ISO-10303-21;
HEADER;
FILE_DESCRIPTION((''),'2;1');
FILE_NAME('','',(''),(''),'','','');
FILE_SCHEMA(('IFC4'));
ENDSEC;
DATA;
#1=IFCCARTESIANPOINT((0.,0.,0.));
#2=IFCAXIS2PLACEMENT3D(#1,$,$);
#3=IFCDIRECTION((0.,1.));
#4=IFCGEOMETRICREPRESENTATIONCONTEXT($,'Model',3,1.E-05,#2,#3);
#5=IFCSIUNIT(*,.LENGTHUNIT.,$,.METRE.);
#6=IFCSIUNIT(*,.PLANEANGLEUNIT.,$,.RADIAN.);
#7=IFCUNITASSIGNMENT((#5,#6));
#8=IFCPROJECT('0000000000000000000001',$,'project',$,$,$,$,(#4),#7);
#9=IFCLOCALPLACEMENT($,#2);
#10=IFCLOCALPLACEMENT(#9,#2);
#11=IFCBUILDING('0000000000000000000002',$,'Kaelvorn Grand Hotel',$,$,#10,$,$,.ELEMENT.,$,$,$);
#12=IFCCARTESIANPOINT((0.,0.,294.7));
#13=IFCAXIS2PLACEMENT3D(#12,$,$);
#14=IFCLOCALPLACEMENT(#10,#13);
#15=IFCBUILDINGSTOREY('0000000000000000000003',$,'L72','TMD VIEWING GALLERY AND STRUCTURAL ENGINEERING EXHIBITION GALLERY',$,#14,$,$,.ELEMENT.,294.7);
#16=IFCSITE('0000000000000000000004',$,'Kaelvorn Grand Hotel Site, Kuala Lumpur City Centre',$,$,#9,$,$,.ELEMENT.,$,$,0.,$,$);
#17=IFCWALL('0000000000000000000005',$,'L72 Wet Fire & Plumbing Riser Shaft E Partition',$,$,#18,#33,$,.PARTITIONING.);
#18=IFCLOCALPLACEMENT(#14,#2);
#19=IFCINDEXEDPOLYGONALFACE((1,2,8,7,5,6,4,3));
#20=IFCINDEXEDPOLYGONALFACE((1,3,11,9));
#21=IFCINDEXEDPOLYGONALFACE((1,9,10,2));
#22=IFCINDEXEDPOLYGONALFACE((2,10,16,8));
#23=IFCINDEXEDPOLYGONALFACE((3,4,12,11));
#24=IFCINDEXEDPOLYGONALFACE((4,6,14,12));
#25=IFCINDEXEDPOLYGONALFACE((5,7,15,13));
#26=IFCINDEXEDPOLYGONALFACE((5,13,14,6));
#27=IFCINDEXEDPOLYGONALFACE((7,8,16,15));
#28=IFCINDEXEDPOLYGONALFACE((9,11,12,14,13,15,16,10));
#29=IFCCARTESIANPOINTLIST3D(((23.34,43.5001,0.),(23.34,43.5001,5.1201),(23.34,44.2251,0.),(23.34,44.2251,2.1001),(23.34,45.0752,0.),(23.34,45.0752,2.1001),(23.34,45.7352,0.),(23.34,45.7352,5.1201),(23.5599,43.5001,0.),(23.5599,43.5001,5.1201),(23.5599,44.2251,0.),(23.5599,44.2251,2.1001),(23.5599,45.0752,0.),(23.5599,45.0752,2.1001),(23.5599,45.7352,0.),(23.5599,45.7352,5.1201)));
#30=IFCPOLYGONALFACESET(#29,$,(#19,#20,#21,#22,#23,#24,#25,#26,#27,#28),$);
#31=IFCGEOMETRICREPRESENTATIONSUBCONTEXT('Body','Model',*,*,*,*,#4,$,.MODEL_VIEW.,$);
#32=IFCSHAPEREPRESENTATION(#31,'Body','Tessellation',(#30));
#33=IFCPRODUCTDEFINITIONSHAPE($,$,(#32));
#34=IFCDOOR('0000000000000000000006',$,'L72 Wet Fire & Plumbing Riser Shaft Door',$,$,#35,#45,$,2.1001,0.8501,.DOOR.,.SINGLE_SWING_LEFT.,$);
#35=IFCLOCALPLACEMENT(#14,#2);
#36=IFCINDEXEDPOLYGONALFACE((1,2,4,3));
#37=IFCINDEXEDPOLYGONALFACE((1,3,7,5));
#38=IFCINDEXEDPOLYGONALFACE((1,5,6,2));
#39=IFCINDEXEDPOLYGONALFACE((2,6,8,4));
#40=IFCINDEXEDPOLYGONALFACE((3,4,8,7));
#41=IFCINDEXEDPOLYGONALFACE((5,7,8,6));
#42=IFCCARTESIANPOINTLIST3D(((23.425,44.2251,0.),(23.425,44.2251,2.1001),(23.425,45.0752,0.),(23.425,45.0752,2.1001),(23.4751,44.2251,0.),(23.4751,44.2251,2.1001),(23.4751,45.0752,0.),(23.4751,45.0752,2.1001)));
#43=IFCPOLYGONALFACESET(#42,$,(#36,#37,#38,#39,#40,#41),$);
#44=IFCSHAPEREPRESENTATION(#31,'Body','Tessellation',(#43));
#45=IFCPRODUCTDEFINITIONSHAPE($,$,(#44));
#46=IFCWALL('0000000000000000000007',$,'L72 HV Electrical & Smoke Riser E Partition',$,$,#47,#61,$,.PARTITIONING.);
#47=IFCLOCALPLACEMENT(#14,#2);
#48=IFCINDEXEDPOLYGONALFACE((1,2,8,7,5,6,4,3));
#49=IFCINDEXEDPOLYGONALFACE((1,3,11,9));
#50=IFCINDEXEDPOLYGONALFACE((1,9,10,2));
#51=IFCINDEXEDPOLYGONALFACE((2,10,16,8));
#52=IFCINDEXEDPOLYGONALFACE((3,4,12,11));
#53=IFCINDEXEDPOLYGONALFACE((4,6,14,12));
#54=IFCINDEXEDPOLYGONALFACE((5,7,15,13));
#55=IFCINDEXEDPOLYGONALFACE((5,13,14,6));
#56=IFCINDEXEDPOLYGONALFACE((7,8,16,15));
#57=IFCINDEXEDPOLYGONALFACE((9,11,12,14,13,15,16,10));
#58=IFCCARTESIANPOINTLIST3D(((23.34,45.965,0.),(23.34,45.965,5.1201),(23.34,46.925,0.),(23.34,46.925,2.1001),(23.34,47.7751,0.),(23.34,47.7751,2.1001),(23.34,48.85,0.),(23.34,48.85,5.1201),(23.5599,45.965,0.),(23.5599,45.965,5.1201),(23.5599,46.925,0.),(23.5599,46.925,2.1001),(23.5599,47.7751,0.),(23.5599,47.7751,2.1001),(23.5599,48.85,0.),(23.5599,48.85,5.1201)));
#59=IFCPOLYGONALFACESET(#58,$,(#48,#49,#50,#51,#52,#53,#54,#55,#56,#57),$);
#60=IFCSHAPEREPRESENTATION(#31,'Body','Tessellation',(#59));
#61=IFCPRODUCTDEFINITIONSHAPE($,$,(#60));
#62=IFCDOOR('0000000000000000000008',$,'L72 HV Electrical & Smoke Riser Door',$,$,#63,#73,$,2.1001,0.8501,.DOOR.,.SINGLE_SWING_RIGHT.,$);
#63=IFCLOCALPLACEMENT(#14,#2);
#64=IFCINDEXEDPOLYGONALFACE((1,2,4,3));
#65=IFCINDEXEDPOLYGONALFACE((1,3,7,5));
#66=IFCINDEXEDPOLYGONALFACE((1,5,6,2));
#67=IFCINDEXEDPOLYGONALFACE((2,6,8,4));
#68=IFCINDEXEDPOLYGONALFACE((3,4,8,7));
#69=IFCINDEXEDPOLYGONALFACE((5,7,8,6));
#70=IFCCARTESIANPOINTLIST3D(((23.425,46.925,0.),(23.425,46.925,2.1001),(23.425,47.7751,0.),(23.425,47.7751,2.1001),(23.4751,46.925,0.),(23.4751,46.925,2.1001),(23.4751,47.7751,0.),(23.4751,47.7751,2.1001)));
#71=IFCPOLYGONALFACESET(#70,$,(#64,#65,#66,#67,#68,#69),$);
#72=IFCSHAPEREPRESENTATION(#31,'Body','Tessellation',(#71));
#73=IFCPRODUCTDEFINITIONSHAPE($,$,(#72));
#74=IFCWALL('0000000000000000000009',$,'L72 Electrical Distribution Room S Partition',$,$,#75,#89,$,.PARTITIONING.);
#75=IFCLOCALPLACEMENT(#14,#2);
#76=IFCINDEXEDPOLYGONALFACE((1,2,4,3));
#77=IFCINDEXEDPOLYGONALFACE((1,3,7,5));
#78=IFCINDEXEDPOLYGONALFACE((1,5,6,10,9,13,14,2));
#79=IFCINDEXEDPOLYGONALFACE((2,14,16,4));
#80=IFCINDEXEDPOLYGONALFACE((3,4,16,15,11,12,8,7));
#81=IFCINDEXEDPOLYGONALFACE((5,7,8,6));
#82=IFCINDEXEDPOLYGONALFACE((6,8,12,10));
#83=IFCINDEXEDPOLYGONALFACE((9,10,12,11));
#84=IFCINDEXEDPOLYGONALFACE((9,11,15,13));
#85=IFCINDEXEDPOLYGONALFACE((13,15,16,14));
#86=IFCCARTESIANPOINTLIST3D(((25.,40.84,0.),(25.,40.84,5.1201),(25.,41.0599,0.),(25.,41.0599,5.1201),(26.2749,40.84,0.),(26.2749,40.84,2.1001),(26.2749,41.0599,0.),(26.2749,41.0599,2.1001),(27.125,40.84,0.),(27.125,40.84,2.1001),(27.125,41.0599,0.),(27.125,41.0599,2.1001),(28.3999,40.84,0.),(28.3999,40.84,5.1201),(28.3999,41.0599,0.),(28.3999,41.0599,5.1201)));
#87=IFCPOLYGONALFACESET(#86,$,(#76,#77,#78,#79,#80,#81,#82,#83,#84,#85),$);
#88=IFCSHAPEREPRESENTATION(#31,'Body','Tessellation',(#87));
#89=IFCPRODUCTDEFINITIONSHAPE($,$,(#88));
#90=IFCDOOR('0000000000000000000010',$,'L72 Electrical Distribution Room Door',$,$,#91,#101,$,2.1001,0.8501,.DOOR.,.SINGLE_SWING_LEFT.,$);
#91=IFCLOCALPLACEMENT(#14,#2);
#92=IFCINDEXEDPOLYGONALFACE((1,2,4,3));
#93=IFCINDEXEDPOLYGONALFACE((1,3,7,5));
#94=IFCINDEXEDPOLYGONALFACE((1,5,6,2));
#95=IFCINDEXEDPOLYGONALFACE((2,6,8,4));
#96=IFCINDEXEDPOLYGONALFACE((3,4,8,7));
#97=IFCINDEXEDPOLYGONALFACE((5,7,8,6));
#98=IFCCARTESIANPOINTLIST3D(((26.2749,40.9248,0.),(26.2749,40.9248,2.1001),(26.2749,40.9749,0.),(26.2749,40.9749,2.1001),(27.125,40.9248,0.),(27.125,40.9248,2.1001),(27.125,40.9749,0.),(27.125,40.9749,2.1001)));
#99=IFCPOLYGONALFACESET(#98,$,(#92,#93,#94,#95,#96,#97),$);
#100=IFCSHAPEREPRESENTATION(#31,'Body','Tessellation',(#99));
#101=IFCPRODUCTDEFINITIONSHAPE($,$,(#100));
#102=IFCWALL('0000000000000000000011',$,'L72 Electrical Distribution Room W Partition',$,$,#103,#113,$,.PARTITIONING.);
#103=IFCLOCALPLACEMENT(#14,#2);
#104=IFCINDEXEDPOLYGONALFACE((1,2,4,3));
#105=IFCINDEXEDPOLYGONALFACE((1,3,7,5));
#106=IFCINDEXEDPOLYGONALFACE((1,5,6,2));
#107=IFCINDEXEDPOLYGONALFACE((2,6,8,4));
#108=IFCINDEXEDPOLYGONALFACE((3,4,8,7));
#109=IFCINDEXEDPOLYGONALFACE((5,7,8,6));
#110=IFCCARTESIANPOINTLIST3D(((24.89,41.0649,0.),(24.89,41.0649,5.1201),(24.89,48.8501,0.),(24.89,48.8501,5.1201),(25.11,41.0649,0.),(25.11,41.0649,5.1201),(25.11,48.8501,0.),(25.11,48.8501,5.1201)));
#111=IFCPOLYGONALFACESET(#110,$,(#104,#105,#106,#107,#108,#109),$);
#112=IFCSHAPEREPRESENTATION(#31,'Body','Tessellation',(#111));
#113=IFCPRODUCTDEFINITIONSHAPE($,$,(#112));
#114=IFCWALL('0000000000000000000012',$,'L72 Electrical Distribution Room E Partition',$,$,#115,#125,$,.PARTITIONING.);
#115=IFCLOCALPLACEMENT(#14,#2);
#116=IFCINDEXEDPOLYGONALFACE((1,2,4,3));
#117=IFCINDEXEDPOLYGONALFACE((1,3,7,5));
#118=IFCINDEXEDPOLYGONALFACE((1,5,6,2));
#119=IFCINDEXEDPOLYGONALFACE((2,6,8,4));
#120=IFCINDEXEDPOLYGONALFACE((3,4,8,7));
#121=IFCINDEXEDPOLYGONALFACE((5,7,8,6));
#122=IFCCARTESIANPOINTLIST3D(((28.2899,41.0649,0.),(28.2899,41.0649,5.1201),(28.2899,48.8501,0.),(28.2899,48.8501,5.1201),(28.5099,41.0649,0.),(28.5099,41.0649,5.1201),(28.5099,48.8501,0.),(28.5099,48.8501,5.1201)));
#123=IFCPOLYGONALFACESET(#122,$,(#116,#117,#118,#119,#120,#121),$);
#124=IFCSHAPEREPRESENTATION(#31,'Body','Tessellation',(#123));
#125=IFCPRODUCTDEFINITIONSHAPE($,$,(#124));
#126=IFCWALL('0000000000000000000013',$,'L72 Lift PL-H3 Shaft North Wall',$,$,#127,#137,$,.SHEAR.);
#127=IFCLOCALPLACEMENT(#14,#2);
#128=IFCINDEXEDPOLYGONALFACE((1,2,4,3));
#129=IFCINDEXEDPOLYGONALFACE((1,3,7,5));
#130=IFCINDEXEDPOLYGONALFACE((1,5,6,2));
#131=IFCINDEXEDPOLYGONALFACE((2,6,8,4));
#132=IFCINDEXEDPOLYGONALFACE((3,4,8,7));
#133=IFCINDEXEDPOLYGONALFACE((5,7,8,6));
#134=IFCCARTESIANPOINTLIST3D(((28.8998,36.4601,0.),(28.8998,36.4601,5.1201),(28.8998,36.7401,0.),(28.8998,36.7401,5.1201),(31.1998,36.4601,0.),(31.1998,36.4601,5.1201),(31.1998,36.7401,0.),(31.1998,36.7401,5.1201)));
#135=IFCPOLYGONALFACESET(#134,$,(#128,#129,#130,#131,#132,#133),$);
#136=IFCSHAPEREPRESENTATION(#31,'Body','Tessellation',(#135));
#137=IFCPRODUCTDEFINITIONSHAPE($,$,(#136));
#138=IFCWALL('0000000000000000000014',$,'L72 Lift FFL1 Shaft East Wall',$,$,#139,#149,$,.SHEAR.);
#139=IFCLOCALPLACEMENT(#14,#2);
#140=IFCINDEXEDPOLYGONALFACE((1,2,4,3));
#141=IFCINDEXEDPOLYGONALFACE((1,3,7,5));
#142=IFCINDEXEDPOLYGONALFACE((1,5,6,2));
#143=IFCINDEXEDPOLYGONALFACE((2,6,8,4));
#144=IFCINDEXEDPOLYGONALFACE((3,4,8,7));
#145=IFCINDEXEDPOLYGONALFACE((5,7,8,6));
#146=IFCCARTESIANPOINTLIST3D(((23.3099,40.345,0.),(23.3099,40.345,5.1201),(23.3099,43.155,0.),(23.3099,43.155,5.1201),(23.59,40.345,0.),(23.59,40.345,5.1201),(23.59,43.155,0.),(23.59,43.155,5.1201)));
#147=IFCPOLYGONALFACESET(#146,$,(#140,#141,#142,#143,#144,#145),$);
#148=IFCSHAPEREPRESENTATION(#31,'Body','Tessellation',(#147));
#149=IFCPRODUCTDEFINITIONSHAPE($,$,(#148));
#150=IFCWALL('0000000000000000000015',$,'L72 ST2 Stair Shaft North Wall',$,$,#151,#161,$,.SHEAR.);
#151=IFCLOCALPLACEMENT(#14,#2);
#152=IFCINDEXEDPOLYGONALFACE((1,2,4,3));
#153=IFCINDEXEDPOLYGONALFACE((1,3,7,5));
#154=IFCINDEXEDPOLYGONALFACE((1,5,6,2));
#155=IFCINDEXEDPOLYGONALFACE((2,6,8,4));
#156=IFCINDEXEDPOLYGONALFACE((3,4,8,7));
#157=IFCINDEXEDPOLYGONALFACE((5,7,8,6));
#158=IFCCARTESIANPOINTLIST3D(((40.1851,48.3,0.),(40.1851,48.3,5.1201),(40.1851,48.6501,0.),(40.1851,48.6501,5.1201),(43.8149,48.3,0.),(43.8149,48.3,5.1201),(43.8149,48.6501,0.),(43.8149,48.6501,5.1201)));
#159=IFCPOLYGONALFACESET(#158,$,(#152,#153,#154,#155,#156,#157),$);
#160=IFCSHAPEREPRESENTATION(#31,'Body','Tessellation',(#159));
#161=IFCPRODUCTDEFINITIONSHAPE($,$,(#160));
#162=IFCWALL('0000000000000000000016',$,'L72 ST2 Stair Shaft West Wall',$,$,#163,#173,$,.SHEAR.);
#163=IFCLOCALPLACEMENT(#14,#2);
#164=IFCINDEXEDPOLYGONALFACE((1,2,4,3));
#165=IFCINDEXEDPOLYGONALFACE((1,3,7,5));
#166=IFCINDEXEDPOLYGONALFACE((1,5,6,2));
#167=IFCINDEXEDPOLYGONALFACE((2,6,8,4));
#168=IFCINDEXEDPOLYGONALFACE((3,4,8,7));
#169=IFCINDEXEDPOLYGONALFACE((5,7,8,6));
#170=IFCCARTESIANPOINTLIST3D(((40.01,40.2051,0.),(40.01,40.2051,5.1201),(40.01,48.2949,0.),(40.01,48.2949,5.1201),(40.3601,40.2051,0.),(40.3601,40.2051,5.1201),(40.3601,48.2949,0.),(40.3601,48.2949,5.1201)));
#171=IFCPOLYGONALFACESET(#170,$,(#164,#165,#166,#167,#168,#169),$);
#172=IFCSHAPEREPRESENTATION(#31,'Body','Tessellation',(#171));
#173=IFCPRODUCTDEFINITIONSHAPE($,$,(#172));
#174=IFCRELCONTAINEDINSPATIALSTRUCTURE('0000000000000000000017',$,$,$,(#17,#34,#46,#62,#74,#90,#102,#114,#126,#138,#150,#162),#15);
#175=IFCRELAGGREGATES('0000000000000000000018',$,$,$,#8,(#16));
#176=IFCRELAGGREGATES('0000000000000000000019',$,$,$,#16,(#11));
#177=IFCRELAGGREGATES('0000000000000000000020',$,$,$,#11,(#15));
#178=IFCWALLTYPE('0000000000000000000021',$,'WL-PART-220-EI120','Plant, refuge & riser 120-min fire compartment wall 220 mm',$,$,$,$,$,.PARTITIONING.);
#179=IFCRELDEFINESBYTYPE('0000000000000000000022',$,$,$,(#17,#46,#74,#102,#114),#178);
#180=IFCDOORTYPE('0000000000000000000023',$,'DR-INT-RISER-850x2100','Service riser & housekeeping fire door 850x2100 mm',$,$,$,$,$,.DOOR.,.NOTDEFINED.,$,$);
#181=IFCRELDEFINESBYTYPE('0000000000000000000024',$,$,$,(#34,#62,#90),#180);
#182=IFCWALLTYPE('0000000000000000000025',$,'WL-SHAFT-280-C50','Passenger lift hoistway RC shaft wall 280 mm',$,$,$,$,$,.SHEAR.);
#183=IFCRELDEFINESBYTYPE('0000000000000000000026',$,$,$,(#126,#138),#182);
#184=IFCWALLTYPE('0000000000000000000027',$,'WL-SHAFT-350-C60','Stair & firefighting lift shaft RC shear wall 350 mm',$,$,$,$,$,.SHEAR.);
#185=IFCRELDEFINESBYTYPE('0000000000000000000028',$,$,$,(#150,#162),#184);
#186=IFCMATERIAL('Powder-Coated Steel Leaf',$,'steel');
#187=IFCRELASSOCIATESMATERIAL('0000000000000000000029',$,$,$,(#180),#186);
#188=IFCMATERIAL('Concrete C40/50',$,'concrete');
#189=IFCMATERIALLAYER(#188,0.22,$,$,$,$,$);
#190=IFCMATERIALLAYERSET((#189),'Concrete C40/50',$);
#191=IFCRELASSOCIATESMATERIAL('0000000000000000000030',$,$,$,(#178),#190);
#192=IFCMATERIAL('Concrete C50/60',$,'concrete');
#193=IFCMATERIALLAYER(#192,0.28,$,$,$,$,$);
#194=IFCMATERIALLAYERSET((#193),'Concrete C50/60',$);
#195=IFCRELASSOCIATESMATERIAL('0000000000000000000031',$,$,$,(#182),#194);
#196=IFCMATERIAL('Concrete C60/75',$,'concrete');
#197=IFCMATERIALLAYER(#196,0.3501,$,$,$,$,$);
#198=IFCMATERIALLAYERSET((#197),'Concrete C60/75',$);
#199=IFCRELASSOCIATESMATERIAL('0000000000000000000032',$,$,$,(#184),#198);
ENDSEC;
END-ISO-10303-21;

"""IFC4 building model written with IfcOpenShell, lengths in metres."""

from ifc_helpers import new_model, si_unit, direction, frame, frame_2d, origin, place, context, subcontext, project, spatial, rectangle, extrude, material, layer, layer_set, type_object, element, fill, save


model = new_model("IFC4")

# Units and contexts
model_context = context("Model", 3, precision=1e-05, world=origin(), true_north=direction((0.0, 1.0)))
body_context = subcontext(model_context, "Body", "Model", "MODEL_VIEW")
ifc_project = project(units=[si_unit("LENGTHUNIT", "METRE"), si_unit("PLANEANGLEUNIT", "RADIAN")], contexts=[model_context])

# Site, building, storey
site_placement = place(None, origin())
site = spatial("IfcSite", under=ifc_project, at=site_placement, Name="Kaelvorn Grand Hotel Site, Kuala Lumpur City Centre", CompositionType="ELEMENT", RefElevation=0.0)
building_placement = place(site_placement, origin())
building = spatial("IfcBuilding", under=site, at=building_placement, Name="Kaelvorn Grand Hotel", CompositionType="ELEMENT")
storey_placement = place(building_placement, frame((0.0, 0.0, 294.7)))
storey = spatial("IfcBuildingStorey", under=building, at=storey_placement, Name="L72", Description="TMD VIEWING GALLERY AND STRUCTURAL ENGINEERING EXHIBITION GALLERY", CompositionType="ELEMENT", Elevation=294.7)

# Shared definitions
ifc_material_1 = material(Name="Concrete C50/60", Category="concrete")

# Shared definitions
ifc_material_2 = material(Name="Powder-Coated Steel Leaf", Category="steel")
door_type_1 = type_object("IfcDoorType", Name="DR-INT-RISER-850x2100", Description="Service riser & housekeeping fire door 850x2100 mm", OperationType="NOTDEFINED", PredefinedType="DOOR", material=ifc_material_2)

# Walls, openings, doors
ifc_material_3 = material(Name="Concrete C40/50", Category="concrete")
ifc_layer_1 = layer(ifc_material_3, 0.22)
ifc_layer_set_1 = layer_set([ifc_layer_1], Name="Concrete C40/50")
wall_type_1 = type_object("IfcWallType", Name="WL-PART-220-EI120", Description="Plant, refuge & riser 120-min fire compartment wall 220 mm", PredefinedType="PARTITIONING", material=ifc_layer_set_1)
wall_1_placement = place(storey_placement, frame((23.45, 43.5, 0.0), z_axis=(0.0, 0.0, 1.0), x_axis=(0.0, 1.0, 0.0)))
wall_1 = element("IfcWall", 1, at=wall_1_placement, inside=storey, type_object=wall_type_1, Name="L72 Wet Fire & Plumbing Riser Shaft E Partition", PredefinedType="PARTITIONING", context=body_context, shape_type="SweptSolid", body=[
    extrude(rectangle(XDim=2.2351, YDim=0.22, at=frame_2d((1.1177, 0.0))), origin(), (0.0, 0.0, 1.0), 5.1201),
])
opening_1_placement = place(wall_1_placement, frame((0.7251, 0.0, 0.0)))
opening_1 = element("IfcOpeningElement", 2, at=opening_1_placement, cuts=wall_1, PredefinedType="OPENING", context=body_context, shape_type="SweptSolid", body=[
    extrude(rectangle(XDim=0.8501, YDim=2.1001, at=frame_2d((0.425, 1.05))), frame((0.0, 0.1201, 0.0), z_axis=(0.0, -1.0, 0.0), x_axis=(1.0, 0.0, 0.0)), (0.0, 0.0, 1.0), 0.24),
])
door_1_placement = place(opening_1_placement, origin())
door_1 = element("IfcDoor", 3, at=door_1_placement, inside=storey, type_object=door_type_1, Name="L72 Wet Fire & Plumbing Riser Shaft Door", OperationType="SINGLE_SWING_LEFT", OverallHeight=2.1001, OverallWidth=0.8501, PredefinedType="DOOR", context=body_context, shape_type="SweptSolid", body=[
    extrude(rectangle(XDim=0.8501, YDim=2.1001, at=frame_2d((0.425, 1.05))), frame((0.0, 0.0249, 0.0), z_axis=(0.0, -1.0, 0.0), x_axis=(1.0, 0.0, 0.0)), (0.0, 0.0, 1.0), 0.05),
])
fill(opening_1, door_1)
wall_2_placement = place(storey_placement, frame((23.45, 45.9651, 0.0), z_axis=(0.0, 0.0, 1.0), x_axis=(0.0, 1.0, 0.0)))
wall_2 = element("IfcWall", 4, at=wall_2_placement, inside=storey, type_object=wall_type_1, Name="L72 HV Electrical & Smoke Riser E Partition", PredefinedType="PARTITIONING", context=body_context, shape_type="SweptSolid", body=[
    extrude(rectangle(XDim=2.885, YDim=0.22, at=frame_2d((1.4424, 0.0))), origin(), (0.0, 0.0, 1.0), 5.1201),
])
opening_2_placement = place(wall_2_placement, frame((0.96, 0.0, 0.0)))
opening_2 = element("IfcOpeningElement", 5, at=opening_2_placement, cuts=wall_2, PredefinedType="OPENING", context=body_context, shape_type="SweptSolid", body=[
    extrude(rectangle(XDim=0.8501, YDim=2.1001, at=frame_2d((0.425, 1.05))), frame((0.0, 0.1201, 0.0), z_axis=(0.0, -1.0, 0.0), x_axis=(1.0, 0.0, 0.0)), (0.0, 0.0, 1.0), 0.24),
])
door_2_placement = place(opening_2_placement, origin())
door_2 = element("IfcDoor", 6, at=door_2_placement, inside=storey, type_object=door_type_1, Name="L72 HV Electrical & Smoke Riser Door", OperationType="SINGLE_SWING_RIGHT", OverallHeight=2.1001, OverallWidth=0.8501, PredefinedType="DOOR", context=body_context, shape_type="SweptSolid", body=[
    extrude(rectangle(XDim=0.8501, YDim=2.1001, at=frame_2d((0.425, 1.05))), frame((0.0, 0.0249, 0.0), z_axis=(0.0, -1.0, 0.0), x_axis=(1.0, 0.0, 0.0)), (0.0, 0.0, 1.0), 0.05),
])
fill(opening_2, door_2)
wall_3_placement = place(storey_placement, frame((25.0, 40.95, 0.0), z_axis=(0.0, 0.0, 1.0), x_axis=(1.0, 0.0, 0.0)))
wall_3 = element("IfcWall", 7, at=wall_3_placement, inside=storey, type_object=wall_type_1, Name="L72 Electrical Distribution Room S Partition", PredefinedType="PARTITIONING", context=body_context, shape_type="SweptSolid", body=[
    extrude(rectangle(XDim=3.3999, YDim=0.22, at=frame_2d((1.7, 0.0))), origin(), (0.0, 0.0, 1.0), 5.1201),
])
opening_3_placement = place(wall_3_placement, frame((1.2749, 0.0, 0.0)))
opening_3 = element("IfcOpeningElement", 8, at=opening_3_placement, cuts=wall_3, PredefinedType="OPENING", context=body_context, shape_type="SweptSolid", body=[
    extrude(rectangle(XDim=0.8501, YDim=2.1001, at=frame_2d((0.425, 1.05))), frame((0.0, 0.1201, 0.0), z_axis=(0.0, -1.0, 0.0), x_axis=(1.0, 0.0, 0.0)), (0.0, 0.0, 1.0), 0.24),
])
door_3_placement = place(opening_3_placement, origin())
door_3 = element("IfcDoor", 9, at=door_3_placement, inside=storey, type_object=door_type_1, Name="L72 Electrical Distribution Room Door", OperationType="SINGLE_SWING_LEFT", OverallHeight=2.1001, OverallWidth=0.8501, PredefinedType="DOOR", context=body_context, shape_type="SweptSolid", body=[
    extrude(rectangle(XDim=0.8501, YDim=2.1001, at=frame_2d((0.425, 1.05))), frame((0.0, 0.0249, 0.0), z_axis=(0.0, -1.0, 0.0), x_axis=(1.0, 0.0, 0.0)), (0.0, 0.0, 1.0), 0.05),
])
fill(opening_3, door_3)

# Walls
for number, where, z_axis, x_axis, name in (
    (10, (25.0, 41.0649, 0.0), (0.0, 0.0, 1.0), (0.0, 1.0, 0.0), "L72 Electrical Distribution Room W Partition"),
    (11, (28.3999, 41.0649, 0.0), (0.0, 0.0, 1.0), (0.0, 1.0, 0.0), "L72 Electrical Distribution Room E Partition"),
):
    element("IfcWall", number, at=place(storey_placement, frame(where, z_axis=z_axis, x_axis=x_axis)), inside=storey, type_object=wall_type_1, Name=name, PredefinedType="PARTITIONING", context=body_context, shape_type="SweptSolid", body=[
        extrude(rectangle(XDim=7.7852, YDim=0.22, at=frame_2d((3.8926, 0.0))), origin(), (0.0, 0.0, 1.0), 5.1201),
    ])
ifc_layer_2 = layer(ifc_material_1, 0.28)
ifc_layer_set_2 = layer_set([ifc_layer_2], Name="Concrete C50/60")
wall_type_2 = type_object("IfcWallType", Name="WL-SHAFT-280-C50", Description="Passenger lift hoistway RC shaft wall 280 mm", PredefinedType="SHEAR", material=ifc_layer_set_2)
wall_4_placement = place(storey_placement, frame((28.8999, 36.6001, 0.0), z_axis=(0.0, 0.0, 1.0), x_axis=(1.0, 0.0, 0.0)))
element("IfcWall", 12, at=wall_4_placement, inside=storey, type_object=wall_type_2, Name="L72 Lift PL-H3 Shaft North Wall", PredefinedType="SHEAR", context=body_context, shape_type="SweptSolid", body=[
    extrude(rectangle(XDim=2.3, YDim=0.28, at=frame_2d((1.1499, 0.0))), origin(), (0.0, 0.0, 1.0), 5.1201),
])
wall_5_placement = place(storey_placement, frame((23.45, 40.345, 0.0), z_axis=(0.0, 0.0, 1.0), x_axis=(0.0, 1.0, 0.0)))
element("IfcWall", 13, at=wall_5_placement, inside=storey, type_object=wall_type_2, Name="L72 Lift FFL1 Shaft East Wall", PredefinedType="SHEAR", context=body_context, shape_type="SweptSolid", body=[
    extrude(rectangle(XDim=2.8101, YDim=0.28, at=frame_2d((1.405, 0.0))), origin(), (0.0, 0.0, 1.0), 5.1201),
])

# Shared definitions
ifc_material_4 = material(Name="Concrete C60/75", Category="concrete")
ifc_layer_3 = layer(ifc_material_4, 0.3501)
ifc_layer_set_3 = layer_set([ifc_layer_3], Name="Concrete C60/75")
wall_type_3 = type_object("IfcWallType", Name="WL-SHAFT-350-C60", Description="Stair & firefighting lift shaft RC shear wall 350 mm", PredefinedType="SHEAR", material=ifc_layer_set_3)

# Walls
wall_6_placement = place(storey_placement, frame((40.1851, 48.4751, 0.0), z_axis=(0.0, 0.0, 1.0), x_axis=(1.0, 0.0, 0.0)))
element("IfcWall", 14, at=wall_6_placement, inside=storey, type_object=wall_type_3, Name="L72 ST2 Stair Shaft North Wall", PredefinedType="SHEAR", context=body_context, shape_type="SweptSolid", body=[
    extrude(rectangle(XDim=3.6299, YDim=0.3501, at=frame_2d((1.8149, 0.0))), origin(), (0.0, 0.0, 1.0), 5.1201),
])
wall_7_placement = place(storey_placement, frame((40.1851, 40.2051, 0.0), z_axis=(0.0, 0.0, 1.0), x_axis=(0.0, 1.0, 0.0)))
element("IfcWall", 15, at=wall_7_placement, inside=storey, type_object=wall_type_3, Name="L72 ST2 Stair Shaft West Wall", PredefinedType="SHEAR", context=body_context, shape_type="SweptSolid", body=[
    extrude(rectangle(XDim=8.0898, YDim=0.3501, at=frame_2d((4.0449, 0.0))), origin(), (0.0, 0.0, 1.0), 5.1201),
])

save(model, "model.ifc")
